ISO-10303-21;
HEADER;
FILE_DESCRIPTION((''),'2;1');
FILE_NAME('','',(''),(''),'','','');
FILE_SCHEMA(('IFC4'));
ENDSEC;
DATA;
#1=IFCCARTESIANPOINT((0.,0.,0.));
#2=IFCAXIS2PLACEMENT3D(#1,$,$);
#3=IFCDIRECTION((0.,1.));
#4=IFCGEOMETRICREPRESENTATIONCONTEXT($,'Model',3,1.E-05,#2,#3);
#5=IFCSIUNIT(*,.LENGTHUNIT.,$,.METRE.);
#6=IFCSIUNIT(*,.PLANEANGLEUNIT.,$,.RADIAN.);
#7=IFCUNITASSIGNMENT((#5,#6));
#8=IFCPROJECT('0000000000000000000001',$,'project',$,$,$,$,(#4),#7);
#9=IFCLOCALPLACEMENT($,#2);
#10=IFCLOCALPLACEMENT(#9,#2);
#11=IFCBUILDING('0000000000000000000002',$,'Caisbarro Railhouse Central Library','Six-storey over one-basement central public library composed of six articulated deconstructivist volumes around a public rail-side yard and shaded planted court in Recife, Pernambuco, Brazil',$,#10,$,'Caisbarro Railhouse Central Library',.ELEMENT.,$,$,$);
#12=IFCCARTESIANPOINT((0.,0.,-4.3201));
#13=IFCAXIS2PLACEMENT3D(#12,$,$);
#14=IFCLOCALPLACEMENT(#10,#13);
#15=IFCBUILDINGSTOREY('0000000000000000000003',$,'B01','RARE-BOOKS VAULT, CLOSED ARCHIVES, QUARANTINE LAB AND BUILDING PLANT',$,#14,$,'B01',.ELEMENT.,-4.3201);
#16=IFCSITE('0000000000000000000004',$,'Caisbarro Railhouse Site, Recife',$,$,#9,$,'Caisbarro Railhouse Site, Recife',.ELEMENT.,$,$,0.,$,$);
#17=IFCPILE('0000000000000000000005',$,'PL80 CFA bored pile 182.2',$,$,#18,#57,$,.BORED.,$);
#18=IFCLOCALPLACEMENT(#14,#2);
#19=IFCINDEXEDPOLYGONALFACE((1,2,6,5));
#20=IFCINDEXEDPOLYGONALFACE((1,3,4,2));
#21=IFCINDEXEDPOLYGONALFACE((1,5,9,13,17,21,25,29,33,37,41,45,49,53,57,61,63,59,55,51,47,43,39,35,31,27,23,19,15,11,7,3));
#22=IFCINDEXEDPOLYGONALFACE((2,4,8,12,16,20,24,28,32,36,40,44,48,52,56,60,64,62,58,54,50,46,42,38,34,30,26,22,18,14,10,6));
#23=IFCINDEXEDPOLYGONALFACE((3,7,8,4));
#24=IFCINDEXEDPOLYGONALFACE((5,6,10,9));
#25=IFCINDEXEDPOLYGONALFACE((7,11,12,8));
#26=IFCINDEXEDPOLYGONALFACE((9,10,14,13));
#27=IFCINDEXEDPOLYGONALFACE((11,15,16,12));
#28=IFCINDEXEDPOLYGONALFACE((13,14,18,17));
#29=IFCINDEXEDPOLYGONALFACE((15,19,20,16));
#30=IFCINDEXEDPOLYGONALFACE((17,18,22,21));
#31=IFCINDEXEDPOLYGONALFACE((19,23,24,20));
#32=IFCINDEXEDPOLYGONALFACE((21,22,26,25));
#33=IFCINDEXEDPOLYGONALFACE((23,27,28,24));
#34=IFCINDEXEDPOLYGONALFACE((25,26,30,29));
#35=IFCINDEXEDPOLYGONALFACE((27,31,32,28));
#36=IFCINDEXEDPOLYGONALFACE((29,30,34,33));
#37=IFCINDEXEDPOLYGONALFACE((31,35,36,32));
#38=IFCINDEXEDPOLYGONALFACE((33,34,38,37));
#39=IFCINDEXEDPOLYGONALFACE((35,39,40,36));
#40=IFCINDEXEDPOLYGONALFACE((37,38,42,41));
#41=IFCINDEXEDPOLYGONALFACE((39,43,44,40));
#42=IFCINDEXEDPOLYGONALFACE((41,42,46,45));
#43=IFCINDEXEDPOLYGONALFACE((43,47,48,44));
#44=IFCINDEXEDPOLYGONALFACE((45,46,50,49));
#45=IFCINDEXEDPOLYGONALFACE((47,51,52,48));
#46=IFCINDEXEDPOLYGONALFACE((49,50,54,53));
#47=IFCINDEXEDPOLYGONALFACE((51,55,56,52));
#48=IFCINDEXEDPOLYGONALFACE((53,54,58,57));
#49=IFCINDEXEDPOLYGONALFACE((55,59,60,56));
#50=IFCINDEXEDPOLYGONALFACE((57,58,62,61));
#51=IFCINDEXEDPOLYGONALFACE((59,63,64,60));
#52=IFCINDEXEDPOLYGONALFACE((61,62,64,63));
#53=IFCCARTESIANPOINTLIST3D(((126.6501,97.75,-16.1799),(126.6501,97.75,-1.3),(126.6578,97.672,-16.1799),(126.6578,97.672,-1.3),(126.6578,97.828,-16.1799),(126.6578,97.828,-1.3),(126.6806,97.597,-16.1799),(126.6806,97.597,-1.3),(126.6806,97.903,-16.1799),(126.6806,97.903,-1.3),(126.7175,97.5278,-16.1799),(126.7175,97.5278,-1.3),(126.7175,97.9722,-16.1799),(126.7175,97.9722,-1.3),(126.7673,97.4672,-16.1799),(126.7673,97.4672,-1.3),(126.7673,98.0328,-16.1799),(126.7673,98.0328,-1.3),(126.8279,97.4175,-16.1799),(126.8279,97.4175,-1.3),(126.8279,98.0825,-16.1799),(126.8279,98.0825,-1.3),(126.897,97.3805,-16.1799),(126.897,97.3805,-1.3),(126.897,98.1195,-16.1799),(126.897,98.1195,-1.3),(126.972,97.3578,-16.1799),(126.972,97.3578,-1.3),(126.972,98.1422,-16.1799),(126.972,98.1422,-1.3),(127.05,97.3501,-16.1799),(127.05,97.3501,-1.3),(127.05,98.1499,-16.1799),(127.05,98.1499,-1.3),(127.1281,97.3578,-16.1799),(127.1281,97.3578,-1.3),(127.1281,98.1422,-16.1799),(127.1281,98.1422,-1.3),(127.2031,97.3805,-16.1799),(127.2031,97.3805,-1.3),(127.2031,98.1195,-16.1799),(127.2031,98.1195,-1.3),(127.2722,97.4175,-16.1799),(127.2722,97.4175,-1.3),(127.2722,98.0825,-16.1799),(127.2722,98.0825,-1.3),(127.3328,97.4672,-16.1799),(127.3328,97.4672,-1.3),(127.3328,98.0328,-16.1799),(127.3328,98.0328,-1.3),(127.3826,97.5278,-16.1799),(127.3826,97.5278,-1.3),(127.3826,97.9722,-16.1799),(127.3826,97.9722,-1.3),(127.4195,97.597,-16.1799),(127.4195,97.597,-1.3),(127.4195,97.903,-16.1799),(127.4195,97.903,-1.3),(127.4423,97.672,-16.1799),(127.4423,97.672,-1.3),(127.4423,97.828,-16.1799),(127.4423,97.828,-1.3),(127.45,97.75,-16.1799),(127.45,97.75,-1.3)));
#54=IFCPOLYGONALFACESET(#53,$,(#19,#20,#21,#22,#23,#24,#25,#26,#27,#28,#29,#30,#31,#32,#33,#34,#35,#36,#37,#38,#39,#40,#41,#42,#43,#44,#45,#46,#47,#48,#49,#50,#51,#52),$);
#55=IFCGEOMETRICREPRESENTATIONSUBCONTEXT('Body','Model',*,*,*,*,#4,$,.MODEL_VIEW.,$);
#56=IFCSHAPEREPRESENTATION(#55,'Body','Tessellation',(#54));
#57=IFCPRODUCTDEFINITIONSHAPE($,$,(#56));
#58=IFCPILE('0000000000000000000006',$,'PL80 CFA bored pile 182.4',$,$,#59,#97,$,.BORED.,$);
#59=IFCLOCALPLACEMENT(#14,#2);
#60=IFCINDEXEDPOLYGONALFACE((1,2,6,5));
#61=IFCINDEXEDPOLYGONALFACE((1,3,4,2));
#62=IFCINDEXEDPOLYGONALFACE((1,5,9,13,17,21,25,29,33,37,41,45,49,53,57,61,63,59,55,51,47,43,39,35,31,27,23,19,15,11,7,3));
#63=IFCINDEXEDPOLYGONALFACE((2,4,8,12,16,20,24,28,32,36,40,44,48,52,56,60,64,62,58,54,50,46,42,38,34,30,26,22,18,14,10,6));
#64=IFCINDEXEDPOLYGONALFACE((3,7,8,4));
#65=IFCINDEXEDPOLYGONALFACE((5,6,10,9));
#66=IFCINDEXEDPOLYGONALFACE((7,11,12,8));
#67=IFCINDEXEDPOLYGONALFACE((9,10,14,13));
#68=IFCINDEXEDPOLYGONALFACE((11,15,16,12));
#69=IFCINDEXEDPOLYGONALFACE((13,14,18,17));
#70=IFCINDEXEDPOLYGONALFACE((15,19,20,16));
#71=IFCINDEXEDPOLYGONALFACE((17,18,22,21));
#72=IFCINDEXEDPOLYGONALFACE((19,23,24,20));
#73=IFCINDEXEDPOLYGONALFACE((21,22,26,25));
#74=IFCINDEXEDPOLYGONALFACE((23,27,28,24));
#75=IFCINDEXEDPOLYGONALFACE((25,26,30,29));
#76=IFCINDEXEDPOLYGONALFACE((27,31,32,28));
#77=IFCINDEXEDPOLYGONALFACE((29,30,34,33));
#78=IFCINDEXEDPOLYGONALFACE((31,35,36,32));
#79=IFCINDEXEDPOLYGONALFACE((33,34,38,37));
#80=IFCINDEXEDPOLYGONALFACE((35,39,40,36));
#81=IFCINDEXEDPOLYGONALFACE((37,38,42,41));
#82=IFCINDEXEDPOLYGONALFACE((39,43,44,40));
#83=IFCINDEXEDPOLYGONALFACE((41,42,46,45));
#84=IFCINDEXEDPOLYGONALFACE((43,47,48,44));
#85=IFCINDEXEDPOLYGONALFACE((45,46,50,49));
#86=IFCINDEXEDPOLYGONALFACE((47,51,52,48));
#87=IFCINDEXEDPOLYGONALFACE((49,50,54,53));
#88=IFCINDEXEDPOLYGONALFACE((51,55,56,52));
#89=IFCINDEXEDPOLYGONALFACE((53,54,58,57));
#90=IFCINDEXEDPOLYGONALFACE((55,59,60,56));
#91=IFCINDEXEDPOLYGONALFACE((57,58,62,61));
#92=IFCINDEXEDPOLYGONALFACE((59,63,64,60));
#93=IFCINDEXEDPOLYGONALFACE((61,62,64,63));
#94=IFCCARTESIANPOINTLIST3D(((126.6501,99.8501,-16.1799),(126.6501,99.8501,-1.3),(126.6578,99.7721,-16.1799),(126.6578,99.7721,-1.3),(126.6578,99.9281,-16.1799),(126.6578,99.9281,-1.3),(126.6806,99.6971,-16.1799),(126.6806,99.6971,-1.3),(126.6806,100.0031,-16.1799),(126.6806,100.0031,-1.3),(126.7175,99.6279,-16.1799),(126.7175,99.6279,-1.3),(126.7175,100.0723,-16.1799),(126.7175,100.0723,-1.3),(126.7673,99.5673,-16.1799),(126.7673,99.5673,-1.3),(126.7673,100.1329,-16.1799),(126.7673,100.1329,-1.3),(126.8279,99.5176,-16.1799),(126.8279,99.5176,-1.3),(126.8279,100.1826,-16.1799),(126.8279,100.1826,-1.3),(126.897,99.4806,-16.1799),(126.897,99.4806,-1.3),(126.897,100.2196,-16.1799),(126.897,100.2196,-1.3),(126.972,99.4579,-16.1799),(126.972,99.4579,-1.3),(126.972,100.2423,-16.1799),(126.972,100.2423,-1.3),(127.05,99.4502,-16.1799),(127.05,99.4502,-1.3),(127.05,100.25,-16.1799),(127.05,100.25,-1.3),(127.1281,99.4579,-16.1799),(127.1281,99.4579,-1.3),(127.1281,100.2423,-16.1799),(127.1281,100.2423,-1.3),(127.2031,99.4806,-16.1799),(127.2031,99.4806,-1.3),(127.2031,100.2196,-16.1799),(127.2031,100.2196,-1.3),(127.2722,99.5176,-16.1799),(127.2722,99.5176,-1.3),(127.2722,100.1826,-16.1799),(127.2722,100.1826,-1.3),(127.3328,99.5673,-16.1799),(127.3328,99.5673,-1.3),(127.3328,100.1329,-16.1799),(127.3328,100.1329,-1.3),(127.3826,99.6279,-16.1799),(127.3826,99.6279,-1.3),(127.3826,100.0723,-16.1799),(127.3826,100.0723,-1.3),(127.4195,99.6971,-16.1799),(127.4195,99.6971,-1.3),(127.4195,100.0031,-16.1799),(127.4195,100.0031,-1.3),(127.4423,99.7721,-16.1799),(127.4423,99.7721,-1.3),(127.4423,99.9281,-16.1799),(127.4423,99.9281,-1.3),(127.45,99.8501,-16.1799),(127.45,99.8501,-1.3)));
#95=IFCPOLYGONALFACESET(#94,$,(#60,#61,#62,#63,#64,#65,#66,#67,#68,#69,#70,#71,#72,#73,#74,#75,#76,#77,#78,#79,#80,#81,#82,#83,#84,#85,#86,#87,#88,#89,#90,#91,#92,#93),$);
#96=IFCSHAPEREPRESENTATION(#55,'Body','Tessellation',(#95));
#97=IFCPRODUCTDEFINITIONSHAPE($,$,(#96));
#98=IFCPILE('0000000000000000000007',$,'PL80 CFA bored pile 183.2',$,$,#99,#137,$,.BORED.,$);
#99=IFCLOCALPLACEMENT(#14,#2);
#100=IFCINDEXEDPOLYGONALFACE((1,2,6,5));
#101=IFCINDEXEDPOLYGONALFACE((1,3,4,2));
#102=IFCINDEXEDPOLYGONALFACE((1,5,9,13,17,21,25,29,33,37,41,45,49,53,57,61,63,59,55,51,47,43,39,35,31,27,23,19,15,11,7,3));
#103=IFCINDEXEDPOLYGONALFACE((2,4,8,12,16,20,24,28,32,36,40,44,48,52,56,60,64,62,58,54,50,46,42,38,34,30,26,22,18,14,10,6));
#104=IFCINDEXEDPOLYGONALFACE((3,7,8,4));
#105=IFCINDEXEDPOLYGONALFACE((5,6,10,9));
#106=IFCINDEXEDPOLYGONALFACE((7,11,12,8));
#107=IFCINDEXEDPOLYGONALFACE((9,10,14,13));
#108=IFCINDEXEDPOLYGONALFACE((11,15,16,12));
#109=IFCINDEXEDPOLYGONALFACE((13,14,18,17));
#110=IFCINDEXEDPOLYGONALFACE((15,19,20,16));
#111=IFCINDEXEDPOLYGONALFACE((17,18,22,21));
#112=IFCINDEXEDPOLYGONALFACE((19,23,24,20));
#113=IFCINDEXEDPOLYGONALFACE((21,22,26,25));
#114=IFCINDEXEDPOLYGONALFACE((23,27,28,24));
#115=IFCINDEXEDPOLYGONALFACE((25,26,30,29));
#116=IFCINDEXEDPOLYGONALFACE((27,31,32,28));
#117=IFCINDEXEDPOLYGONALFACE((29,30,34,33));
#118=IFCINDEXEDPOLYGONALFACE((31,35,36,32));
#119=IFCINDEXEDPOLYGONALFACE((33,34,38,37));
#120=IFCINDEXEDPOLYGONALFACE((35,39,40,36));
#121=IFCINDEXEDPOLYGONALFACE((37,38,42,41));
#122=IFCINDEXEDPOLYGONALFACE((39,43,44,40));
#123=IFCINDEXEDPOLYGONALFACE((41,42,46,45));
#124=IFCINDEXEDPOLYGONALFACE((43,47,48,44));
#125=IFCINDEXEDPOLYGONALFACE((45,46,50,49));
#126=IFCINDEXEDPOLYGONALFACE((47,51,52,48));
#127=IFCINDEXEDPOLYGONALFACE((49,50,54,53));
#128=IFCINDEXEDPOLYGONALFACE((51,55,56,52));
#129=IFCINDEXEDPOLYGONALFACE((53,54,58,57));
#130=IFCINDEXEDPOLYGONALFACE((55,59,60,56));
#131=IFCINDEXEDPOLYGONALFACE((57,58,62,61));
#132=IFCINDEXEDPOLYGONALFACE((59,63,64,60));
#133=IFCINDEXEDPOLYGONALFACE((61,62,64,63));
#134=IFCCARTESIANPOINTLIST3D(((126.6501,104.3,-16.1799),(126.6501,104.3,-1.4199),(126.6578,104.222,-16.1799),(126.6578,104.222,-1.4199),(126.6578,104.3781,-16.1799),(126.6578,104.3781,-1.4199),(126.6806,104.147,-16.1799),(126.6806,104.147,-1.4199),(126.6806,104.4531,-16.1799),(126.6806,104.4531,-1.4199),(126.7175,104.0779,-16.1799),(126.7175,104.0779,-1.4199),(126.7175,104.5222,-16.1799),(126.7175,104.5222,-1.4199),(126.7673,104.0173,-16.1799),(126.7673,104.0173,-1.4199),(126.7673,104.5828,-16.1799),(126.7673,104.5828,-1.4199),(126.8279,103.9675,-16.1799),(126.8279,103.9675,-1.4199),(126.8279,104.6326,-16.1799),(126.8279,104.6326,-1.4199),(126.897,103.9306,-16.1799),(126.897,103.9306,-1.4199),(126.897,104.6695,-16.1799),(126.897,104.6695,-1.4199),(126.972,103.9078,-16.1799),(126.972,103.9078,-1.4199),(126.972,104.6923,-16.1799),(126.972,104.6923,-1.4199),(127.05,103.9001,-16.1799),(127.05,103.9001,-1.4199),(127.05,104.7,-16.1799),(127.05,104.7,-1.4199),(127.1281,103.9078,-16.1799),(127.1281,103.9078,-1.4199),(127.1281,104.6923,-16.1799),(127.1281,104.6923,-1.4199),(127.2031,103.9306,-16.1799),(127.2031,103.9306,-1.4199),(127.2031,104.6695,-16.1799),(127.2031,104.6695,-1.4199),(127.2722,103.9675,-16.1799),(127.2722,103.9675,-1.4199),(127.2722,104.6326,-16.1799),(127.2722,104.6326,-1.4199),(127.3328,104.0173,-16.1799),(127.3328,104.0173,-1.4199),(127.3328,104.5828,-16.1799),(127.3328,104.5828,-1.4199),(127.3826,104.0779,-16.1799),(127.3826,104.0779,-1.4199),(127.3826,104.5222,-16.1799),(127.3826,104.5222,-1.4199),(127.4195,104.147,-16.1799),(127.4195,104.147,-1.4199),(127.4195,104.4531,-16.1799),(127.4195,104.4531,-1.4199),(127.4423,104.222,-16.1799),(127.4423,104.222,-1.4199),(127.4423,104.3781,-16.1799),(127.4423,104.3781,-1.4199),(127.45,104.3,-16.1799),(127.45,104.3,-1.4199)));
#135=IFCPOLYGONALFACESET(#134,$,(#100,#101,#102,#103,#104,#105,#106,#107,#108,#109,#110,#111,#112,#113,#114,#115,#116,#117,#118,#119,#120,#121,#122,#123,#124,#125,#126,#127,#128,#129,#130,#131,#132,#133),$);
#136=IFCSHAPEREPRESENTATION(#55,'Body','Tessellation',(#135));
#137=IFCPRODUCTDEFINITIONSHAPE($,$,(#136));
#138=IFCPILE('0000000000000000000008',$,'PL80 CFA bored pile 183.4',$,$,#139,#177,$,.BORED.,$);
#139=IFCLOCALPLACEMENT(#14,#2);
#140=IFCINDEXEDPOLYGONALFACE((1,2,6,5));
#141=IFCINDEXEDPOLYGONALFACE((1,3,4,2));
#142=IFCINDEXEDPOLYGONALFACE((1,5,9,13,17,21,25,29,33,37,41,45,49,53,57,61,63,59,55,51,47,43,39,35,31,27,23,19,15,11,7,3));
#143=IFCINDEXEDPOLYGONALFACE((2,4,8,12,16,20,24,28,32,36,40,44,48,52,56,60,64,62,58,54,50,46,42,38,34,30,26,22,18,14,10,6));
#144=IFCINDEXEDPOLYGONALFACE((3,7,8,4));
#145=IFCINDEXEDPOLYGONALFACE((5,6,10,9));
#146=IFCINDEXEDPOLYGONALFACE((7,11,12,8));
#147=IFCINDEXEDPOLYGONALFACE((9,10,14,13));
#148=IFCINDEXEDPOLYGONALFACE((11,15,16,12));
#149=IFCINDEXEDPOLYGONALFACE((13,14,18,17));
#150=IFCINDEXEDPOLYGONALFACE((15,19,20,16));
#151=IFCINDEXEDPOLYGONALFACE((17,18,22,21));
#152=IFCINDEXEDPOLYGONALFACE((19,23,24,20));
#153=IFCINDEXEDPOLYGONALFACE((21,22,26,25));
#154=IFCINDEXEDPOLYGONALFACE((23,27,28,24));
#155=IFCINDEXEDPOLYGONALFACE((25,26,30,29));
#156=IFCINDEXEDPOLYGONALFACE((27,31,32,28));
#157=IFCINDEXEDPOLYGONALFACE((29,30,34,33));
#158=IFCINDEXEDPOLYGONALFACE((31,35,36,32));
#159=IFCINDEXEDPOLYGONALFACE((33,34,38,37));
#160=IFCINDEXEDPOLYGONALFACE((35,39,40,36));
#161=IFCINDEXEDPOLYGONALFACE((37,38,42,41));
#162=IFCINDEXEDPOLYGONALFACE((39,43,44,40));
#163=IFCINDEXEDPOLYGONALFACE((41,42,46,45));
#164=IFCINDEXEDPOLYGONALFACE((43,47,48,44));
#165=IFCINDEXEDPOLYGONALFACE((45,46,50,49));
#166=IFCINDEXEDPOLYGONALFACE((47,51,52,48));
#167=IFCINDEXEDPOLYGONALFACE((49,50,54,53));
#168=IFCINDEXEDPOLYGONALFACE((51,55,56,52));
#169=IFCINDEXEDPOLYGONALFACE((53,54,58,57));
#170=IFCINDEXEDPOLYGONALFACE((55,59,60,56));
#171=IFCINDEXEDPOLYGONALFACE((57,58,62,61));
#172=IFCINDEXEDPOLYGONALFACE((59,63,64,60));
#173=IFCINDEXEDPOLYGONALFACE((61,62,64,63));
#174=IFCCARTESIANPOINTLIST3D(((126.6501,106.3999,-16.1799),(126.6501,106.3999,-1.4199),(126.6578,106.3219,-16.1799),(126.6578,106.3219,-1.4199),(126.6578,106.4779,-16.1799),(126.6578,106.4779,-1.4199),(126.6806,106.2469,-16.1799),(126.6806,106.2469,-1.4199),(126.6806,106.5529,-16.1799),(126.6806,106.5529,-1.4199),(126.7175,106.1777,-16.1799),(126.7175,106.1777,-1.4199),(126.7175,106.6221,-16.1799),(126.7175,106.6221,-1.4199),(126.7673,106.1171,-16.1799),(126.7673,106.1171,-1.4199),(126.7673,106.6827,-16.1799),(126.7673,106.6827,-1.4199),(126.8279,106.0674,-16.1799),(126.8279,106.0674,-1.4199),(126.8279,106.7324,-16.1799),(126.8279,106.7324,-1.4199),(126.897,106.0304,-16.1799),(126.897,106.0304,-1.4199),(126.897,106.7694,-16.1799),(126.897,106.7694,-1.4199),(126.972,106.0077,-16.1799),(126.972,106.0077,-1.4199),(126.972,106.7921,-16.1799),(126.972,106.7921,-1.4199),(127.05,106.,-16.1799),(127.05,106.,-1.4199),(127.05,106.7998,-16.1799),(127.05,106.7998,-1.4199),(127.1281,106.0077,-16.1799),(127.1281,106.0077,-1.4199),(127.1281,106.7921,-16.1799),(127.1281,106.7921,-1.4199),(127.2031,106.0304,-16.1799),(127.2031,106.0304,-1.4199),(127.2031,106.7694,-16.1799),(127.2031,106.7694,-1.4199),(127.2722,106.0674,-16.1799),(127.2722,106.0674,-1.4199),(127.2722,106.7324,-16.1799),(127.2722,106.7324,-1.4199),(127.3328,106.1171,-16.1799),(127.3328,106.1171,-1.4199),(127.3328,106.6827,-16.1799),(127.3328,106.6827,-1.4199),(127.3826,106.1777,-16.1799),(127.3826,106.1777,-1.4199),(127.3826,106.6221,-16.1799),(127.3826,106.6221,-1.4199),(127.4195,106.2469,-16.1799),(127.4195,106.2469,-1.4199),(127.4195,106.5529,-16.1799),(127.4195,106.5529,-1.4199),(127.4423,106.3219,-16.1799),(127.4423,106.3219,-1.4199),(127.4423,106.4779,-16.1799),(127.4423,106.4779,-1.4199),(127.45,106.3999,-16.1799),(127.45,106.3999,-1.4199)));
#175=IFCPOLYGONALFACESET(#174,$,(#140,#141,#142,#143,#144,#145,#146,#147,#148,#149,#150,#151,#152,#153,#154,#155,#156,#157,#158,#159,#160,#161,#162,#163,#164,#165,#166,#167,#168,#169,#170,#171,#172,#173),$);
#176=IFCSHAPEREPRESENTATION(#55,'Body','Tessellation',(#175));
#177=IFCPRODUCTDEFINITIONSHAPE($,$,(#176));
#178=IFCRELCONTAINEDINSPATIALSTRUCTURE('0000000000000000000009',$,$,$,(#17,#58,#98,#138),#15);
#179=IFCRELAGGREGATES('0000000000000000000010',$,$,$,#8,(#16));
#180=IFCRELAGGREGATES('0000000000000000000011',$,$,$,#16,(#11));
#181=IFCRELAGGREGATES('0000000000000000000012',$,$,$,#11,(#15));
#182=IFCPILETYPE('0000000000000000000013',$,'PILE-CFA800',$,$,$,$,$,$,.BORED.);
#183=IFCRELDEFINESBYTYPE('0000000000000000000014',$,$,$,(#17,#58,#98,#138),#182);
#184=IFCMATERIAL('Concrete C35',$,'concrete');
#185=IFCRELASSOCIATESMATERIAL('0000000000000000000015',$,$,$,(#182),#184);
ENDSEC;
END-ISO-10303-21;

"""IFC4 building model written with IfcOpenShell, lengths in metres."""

from ifc_helpers import new_model, si_unit, direction, frame, origin, origin_2d, place, context, subcontext, project, spatial, circle, extrude, material, material_profile, profile_set, type_object, element, save


model = new_model("IFC4")

# Units and contexts
model_context = context("Model", 3, precision=1e-05, world=origin(), true_north=direction((0.0, 1.0)))
body_context = subcontext(model_context, "Body", "Model", "MODEL_VIEW")
ifc_project = project(units=[si_unit("LENGTHUNIT", "METRE"), si_unit("PLANEANGLEUNIT", "RADIAN")], contexts=[model_context])

# Site, building, storey
site_placement = place(None, origin())
site = spatial("IfcSite", under=ifc_project, at=site_placement, Name="Caisbarro Railhouse Site, Recife", LongName="Caisbarro Railhouse Site, Recife", CompositionType="ELEMENT", RefElevation=0.0)
building_placement = place(site_placement, origin())
building = spatial("IfcBuilding", under=site, at=building_placement, Name="Caisbarro Railhouse Central Library", Description="Six-storey over one-basement central public library composed of six articulated deconstructivist volumes around a public rail-side yard and shaded planted court in Recife, Pernambuco, Brazil", LongName="Caisbarro Railhouse Central Library", CompositionType="ELEMENT")
storey_placement = place(building_placement, frame((0.0, 0.0, -4.3201)))
storey = spatial("IfcBuildingStorey", under=building, at=storey_placement, Name="B01", Description="RARE-BOOKS VAULT, CLOSED ARCHIVES, QUARANTINE LAB AND BUILDING PLANT", LongName="B01", CompositionType="ELEMENT", Elevation=-4.3201)

# Shared definitions
ifc_material_1 = material(Name="Concrete C35", Category="concrete")

# Piles
ifc_material_profile_1 = material_profile(ifc_material_1, circle(Radius=0.3999, at=origin_2d()), Name="PILE-CFA-800")
ifc_profile_set_1 = profile_set([ifc_material_profile_1], Name="Concrete C35")
pile_type = type_object("IfcPileType", Name="PILE-CFA800", PredefinedType="BORED", material=ifc_profile_set_1)
for number, where, z_axis, x_axis, name in (
    (1, (127.05, 97.75, -1.3), (0.0, 0.0, -1.0), (1.0, 0.0, 0.0), "PL80 CFA bored pile 182.2"),
    (2, (127.05, 99.8501, -1.3), (0.0, 0.0, -1.0), (1.0, 0.0, 0.0), "PL80 CFA bored pile 182.4"),
):
    element("IfcPile", number, at=place(storey_placement, frame(where, z_axis=z_axis, x_axis=x_axis)), inside=storey, type_object=pile_type, Name=name, PredefinedType="BORED", context=body_context, shape_type="SweptSolid", body=[
        extrude(circle(Radius=0.3999, at=origin_2d()), origin(), (0.0, 0.0, 1.0), 14.8799),
    ])
for number, where, z_axis, x_axis, name in (
    (3, (127.05, 104.3, -1.4199), (0.0, 0.0, -1.0), (1.0, 0.0, 0.0), "PL80 CFA bored pile 183.2"),
    (4, (127.05, 106.3999, -1.4199), (0.0, 0.0, -1.0), (1.0, 0.0, 0.0), "PL80 CFA bored pile 183.4"),
):
    element("IfcPile", number, at=place(storey_placement, frame(where, z_axis=z_axis, x_axis=x_axis)), inside=storey, type_object=pile_type, Name=name, PredefinedType="BORED", context=body_context, shape_type="SweptSolid", body=[
        extrude(circle(Radius=0.3999, at=origin_2d()), origin(), (0.0, 0.0, 1.0), 14.76),
    ])

save(model, "model.ifc")
